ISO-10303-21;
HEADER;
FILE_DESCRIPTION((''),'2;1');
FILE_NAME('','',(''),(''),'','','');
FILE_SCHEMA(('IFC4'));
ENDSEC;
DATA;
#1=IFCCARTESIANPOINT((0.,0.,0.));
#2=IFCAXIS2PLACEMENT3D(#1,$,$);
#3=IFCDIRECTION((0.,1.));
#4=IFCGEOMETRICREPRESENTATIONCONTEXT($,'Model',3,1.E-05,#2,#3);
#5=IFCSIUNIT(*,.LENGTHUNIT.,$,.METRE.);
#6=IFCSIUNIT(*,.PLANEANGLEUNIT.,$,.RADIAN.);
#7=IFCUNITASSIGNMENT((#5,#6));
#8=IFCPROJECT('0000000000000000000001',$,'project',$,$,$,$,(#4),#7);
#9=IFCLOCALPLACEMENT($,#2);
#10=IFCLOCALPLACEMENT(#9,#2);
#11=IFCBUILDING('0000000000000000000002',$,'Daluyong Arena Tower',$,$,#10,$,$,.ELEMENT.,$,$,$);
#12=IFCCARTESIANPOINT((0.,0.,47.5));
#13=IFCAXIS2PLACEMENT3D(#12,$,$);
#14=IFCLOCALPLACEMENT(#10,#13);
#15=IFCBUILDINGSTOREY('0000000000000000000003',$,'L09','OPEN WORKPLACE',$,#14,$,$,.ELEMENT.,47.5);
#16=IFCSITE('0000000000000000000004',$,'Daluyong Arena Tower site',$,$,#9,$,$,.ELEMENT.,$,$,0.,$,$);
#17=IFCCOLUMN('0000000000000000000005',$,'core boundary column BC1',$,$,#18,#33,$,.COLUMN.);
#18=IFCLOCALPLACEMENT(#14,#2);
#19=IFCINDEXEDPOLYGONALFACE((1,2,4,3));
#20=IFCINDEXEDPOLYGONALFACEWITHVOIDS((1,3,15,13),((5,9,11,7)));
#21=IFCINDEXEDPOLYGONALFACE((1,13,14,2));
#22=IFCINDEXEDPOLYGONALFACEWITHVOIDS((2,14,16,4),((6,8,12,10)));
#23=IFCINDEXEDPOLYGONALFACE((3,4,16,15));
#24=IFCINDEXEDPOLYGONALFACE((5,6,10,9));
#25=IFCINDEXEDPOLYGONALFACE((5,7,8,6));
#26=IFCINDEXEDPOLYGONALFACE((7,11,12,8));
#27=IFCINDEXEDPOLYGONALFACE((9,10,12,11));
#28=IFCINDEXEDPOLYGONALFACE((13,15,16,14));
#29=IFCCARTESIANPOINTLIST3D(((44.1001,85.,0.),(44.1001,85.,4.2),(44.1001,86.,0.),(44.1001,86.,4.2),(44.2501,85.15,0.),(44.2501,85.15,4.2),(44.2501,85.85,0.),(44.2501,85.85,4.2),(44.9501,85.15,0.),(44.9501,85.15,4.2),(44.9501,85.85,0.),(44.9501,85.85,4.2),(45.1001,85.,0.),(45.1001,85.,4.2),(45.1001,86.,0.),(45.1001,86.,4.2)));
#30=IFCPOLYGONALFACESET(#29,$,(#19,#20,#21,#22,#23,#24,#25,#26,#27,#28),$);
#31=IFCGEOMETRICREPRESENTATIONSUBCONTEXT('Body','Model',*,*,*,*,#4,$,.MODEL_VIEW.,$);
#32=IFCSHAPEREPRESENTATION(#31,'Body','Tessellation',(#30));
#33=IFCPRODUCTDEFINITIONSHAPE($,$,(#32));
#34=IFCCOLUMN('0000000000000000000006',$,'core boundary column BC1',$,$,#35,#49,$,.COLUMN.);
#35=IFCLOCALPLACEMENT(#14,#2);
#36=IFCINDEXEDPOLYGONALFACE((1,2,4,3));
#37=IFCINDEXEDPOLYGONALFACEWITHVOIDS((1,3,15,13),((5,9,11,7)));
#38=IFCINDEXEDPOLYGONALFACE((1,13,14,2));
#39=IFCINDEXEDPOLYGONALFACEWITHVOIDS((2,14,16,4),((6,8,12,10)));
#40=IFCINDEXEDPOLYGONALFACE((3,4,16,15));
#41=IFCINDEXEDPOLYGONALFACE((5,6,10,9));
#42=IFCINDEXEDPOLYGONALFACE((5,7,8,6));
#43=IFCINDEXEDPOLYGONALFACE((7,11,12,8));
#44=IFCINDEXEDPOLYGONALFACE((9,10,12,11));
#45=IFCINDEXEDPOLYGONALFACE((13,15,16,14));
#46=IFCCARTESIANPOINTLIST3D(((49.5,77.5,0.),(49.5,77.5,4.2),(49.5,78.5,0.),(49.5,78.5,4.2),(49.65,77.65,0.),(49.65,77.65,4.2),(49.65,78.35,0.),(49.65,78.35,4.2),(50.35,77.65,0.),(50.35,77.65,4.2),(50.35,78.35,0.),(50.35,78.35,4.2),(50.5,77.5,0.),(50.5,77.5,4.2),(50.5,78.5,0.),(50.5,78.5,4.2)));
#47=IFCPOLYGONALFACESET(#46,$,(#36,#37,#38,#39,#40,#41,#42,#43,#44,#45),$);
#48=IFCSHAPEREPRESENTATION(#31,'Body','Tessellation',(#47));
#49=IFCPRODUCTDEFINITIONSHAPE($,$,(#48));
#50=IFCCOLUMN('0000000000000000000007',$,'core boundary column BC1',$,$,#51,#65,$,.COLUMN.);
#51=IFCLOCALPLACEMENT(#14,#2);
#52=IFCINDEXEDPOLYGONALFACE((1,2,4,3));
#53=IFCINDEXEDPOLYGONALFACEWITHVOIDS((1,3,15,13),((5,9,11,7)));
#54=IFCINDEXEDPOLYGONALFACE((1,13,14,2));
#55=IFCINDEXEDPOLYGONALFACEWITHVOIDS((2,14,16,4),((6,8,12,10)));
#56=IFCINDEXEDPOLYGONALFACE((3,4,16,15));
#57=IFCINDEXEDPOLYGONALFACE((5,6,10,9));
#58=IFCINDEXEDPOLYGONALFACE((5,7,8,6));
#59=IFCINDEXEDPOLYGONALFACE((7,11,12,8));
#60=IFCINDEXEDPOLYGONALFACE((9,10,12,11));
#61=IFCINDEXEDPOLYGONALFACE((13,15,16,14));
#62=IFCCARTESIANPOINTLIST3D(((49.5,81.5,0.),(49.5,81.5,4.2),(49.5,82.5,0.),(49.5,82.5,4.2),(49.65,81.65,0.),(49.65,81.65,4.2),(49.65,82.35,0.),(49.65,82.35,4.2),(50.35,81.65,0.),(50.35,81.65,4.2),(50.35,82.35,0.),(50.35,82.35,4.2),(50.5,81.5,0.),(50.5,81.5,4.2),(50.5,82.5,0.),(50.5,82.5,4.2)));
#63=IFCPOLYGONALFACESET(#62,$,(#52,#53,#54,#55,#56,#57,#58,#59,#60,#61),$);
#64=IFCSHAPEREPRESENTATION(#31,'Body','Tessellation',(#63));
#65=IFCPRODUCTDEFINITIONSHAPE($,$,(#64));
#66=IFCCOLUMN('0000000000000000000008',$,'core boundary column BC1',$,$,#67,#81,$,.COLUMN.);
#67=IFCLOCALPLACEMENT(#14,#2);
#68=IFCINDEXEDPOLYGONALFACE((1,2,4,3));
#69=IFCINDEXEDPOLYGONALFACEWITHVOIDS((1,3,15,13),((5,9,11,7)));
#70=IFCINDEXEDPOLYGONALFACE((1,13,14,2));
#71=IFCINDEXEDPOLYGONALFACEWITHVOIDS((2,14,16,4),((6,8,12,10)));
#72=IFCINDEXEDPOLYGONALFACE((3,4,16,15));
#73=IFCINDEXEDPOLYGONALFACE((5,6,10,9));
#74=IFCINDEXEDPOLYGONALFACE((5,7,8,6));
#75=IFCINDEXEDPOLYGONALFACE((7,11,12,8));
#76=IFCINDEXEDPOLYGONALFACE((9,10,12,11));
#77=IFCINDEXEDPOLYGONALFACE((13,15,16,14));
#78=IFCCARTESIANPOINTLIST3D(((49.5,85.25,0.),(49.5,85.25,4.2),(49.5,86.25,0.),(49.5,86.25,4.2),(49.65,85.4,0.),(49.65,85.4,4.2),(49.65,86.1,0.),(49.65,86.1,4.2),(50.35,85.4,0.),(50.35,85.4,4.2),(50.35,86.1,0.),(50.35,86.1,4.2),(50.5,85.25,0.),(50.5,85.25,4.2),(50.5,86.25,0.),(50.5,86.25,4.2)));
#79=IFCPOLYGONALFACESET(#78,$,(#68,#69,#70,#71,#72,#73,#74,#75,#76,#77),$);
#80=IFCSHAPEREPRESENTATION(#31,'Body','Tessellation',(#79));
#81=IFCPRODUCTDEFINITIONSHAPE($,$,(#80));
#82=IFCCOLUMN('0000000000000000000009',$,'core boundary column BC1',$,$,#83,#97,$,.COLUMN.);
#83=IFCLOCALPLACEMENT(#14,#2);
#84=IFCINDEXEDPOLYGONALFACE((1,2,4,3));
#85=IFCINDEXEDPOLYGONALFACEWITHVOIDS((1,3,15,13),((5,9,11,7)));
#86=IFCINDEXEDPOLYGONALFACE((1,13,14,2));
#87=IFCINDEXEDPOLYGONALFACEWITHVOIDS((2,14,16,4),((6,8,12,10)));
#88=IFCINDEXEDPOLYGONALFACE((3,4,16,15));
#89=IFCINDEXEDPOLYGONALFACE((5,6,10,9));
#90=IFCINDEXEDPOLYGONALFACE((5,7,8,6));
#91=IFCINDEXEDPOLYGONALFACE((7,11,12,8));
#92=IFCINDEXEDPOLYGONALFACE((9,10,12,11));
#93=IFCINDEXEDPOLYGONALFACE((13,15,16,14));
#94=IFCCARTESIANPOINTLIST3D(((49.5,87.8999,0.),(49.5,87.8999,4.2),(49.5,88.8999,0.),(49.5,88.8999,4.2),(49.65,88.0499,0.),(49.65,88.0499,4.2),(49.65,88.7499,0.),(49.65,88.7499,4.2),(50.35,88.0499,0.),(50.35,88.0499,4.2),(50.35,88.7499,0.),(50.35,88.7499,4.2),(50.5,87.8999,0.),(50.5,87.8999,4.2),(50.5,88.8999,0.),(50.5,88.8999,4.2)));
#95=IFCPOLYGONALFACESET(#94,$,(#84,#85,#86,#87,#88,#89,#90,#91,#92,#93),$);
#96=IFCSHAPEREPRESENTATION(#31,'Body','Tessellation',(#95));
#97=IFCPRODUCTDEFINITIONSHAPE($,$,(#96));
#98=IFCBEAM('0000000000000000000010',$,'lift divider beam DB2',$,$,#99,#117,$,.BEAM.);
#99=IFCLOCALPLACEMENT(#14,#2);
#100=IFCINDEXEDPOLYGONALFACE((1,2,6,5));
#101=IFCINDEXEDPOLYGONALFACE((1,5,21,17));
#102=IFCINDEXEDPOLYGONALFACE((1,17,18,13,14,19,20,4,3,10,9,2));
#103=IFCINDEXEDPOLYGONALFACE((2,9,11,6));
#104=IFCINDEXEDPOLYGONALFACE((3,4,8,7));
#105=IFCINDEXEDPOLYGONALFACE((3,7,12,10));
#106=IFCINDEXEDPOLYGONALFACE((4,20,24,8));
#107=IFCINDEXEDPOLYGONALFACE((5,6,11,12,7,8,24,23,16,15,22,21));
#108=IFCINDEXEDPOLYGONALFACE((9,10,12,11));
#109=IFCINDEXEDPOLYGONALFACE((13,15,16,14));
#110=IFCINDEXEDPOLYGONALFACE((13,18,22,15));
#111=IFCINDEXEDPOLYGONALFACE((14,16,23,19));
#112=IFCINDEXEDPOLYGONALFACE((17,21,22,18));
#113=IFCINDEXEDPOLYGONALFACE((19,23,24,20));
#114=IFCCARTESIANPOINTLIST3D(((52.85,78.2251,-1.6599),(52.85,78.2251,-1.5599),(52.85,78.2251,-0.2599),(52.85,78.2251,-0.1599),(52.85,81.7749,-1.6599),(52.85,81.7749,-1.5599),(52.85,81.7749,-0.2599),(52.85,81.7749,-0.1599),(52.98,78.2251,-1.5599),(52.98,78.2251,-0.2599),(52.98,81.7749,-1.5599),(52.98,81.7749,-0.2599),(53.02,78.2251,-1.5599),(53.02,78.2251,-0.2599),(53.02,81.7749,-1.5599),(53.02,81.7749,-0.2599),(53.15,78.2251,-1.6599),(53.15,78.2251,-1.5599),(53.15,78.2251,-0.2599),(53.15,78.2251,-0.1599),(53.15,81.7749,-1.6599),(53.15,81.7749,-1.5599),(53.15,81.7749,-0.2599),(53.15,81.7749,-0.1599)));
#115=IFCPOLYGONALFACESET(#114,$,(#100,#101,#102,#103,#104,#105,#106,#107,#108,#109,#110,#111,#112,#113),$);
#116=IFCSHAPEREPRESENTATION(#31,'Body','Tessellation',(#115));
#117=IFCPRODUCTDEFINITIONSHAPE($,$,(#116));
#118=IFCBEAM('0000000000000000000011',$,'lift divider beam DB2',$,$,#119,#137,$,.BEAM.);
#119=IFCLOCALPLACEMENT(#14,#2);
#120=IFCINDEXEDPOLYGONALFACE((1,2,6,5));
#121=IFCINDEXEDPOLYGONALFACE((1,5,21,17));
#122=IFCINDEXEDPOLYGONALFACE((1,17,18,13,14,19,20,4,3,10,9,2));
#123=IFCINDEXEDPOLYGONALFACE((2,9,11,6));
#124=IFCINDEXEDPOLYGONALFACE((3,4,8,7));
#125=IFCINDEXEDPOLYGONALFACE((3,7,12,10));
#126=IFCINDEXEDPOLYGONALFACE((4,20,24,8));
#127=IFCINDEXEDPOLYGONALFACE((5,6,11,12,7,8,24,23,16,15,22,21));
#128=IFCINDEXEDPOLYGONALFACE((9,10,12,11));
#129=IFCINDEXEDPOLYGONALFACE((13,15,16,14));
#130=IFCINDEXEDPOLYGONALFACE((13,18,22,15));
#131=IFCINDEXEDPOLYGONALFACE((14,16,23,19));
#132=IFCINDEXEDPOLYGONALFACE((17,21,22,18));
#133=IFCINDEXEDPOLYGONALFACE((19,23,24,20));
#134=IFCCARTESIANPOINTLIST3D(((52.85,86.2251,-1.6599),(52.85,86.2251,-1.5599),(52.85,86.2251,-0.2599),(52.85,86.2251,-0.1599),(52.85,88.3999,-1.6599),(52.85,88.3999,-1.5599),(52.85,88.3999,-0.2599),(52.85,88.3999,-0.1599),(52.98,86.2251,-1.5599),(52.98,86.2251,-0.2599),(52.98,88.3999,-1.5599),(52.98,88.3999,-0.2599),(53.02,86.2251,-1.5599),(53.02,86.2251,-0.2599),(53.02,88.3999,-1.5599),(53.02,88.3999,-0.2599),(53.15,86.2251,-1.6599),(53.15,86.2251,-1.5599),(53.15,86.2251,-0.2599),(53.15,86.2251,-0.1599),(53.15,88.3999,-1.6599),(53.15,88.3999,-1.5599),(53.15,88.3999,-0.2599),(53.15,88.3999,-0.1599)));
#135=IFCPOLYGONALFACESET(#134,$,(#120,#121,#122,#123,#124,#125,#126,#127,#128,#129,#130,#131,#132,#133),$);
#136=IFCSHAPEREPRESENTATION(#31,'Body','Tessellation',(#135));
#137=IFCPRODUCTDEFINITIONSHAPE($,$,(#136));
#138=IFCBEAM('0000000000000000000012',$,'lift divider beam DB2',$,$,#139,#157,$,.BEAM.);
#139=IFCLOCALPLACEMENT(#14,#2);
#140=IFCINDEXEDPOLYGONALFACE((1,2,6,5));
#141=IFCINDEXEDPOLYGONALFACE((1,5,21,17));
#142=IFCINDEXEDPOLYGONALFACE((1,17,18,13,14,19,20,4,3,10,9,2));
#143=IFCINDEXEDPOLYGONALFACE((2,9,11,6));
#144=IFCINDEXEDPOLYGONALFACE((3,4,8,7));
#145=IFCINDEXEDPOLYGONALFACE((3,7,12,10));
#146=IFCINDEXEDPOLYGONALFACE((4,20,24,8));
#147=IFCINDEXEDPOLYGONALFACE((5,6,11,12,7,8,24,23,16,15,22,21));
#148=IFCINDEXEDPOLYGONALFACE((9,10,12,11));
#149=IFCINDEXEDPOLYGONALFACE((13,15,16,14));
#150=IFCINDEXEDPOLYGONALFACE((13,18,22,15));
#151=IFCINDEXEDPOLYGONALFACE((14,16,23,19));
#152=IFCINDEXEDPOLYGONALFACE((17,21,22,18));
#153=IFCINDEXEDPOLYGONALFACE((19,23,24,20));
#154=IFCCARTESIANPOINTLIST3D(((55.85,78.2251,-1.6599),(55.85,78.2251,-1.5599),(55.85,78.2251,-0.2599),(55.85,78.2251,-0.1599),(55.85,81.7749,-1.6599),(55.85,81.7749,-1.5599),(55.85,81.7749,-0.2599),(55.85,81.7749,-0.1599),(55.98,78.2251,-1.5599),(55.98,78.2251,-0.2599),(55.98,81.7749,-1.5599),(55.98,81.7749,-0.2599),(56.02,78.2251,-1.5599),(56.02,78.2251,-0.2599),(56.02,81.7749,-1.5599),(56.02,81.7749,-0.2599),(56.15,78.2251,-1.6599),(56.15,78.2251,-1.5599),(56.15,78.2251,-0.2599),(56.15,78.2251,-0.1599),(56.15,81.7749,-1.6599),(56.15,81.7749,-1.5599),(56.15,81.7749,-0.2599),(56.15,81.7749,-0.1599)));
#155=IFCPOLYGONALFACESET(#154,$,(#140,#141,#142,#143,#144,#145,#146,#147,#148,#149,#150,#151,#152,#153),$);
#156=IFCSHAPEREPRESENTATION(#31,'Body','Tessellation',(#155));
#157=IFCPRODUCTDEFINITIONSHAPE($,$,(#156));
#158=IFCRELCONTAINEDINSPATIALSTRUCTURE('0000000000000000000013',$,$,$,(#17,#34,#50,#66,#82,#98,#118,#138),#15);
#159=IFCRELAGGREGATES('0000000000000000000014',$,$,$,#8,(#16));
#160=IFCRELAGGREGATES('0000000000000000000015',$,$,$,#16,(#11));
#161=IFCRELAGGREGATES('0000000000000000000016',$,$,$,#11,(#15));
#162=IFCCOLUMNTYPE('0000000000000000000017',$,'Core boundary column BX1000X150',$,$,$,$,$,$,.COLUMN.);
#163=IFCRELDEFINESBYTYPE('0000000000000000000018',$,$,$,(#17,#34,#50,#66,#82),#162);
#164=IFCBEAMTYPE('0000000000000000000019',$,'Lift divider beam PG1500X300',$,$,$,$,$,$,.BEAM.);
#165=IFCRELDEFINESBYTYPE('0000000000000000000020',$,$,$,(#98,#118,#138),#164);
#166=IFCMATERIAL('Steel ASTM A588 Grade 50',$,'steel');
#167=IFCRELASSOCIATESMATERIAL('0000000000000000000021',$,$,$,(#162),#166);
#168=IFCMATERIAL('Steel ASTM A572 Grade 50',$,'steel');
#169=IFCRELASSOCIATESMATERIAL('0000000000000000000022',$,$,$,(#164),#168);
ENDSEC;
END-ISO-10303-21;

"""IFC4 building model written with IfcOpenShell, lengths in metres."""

from ifc_helpers import new_model, si_unit, direction, frame, origin, origin_2d, place, context, subcontext, project, spatial, hollow_rectangle, i_section, extrude, material, material_profile, profile_set, type_object, element, save


model = new_model("IFC4")

# Units and contexts
model_context = context("Model", 3, precision=1e-05, world=origin(), true_north=direction((0.0, 1.0)))
body_context = subcontext(model_context, "Body", "Model", "MODEL_VIEW")
ifc_project = project(units=[si_unit("LENGTHUNIT", "METRE"), si_unit("PLANEANGLEUNIT", "RADIAN")], contexts=[model_context])

# Site, building, storey
site_placement = place(None, origin())
site = spatial("IfcSite", under=ifc_project, at=site_placement, Name="Daluyong Arena Tower site", CompositionType="ELEMENT", RefElevation=0.0)
building_placement = place(site_placement, origin())
building = spatial("IfcBuilding", under=site, at=building_placement, Name="Daluyong Arena Tower", CompositionType="ELEMENT")
storey_placement = place(building_placement, frame((0.0, 0.0, 47.5)))
storey = spatial("IfcBuildingStorey", under=building, at=storey_placement, Name="L09", Description="OPEN WORKPLACE", CompositionType="ELEMENT", Elevation=47.5)

# Columns
ifc_material_1 = material(Name="Steel ASTM A588 Grade 50", Category="steel")
ifc_material_profile_1 = material_profile(ifc_material_1, hollow_rectangle(XDim=1.0, YDim=1.0, WallThickness=0.15, at=origin_2d()))
ifc_profile_set_1 = profile_set([ifc_material_profile_1], Name="Steel ASTM A588 Grade 50")
column_type = type_object("IfcColumnType", Name="Core boundary column BX1000X150", PredefinedType="COLUMN", material=ifc_profile_set_1)
for number, where, z_axis, x_axis, name in (
    (1, (44.6001, 85.5, 0.0), (0.0, 0.0, 1.0), (1.0, 0.0, 0.0), "core boundary column BC1"),
    (2, (50.0, 78.0, 0.0), (0.0, 0.0, 1.0), (1.0, 0.0, 0.0), "core boundary column BC1"),
    (3, (50.0, 82.0, 0.0), (0.0, 0.0, 1.0), (1.0, 0.0, 0.0), "core boundary column BC1"),
    (4, (50.0, 85.75, 0.0), (0.0, 0.0, 1.0), (1.0, 0.0, 0.0), "core boundary column BC1"),
    (5, (50.0, 88.3999, 0.0), (0.0, 0.0, 1.0), (1.0, 0.0, 0.0), "core boundary column BC1"),
):
    element("IfcColumn", number, at=place(storey_placement, frame(where, z_axis=z_axis, x_axis=x_axis)), inside=storey, type_object=column_type, Name=name, PredefinedType="COLUMN", context=body_context, shape_type="SweptSolid", body=[
        extrude(hollow_rectangle(XDim=1.0, YDim=1.0, WallThickness=0.15, at=origin_2d()), origin(), (0.0, 0.0, 1.0), 4.2),
    ])

# Beams
ifc_material_2 = material(Name="Steel ASTM A572 Grade 50", Category="steel")
ifc_material_profile_2 = material_profile(ifc_material_2, i_section(OverallWidth=0.3, OverallDepth=1.5, WebThickness=0.04, FlangeThickness=0.1, at=origin_2d()))
ifc_profile_set_2 = profile_set([ifc_material_profile_2], Name="Steel ASTM A572 Grade 50")
beam_type = type_object("IfcBeamType", Name="Lift divider beam PG1500X300", PredefinedType="BEAM", material=ifc_profile_set_2)
beam_1_placement = place(storey_placement, frame((53.0, 78.2251, -0.9099), z_axis=(0.0, 1.0, 0.0), x_axis=(-1.0, 0.0, 0.0)))
element("IfcBeam", 6, at=beam_1_placement, inside=storey, type_object=beam_type, Name="lift divider beam DB2", PredefinedType="BEAM", context=body_context, shape_type="SweptSolid", body=[
    extrude(i_section(OverallWidth=0.3, OverallDepth=1.5, WebThickness=0.04, FlangeThickness=0.1, at=origin_2d()), origin(), (0.0, 0.0, 1.0), 3.5498),
])
beam_2_placement = place(storey_placement, frame((53.0, 86.2251, -0.9099), z_axis=(0.0, 1.0, 0.0), x_axis=(-1.0, 0.0, 0.0)))
element("IfcBeam", 7, at=beam_2_placement, inside=storey, type_object=beam_type, Name="lift divider beam DB2", PredefinedType="BEAM", context=body_context, shape_type="SweptSolid", body=[
    extrude(i_section(OverallWidth=0.3, OverallDepth=1.5, WebThickness=0.04, FlangeThickness=0.1, at=origin_2d()), origin(), (0.0, 0.0, 1.0), 2.1748),
])
beam_3_placement = place(storey_placement, frame((56.0, 78.2251, -0.9099), z_axis=(0.0, 1.0, 0.0), x_axis=(-1.0, 0.0, 0.0)))
element("IfcBeam", 8, at=beam_3_placement, inside=storey, type_object=beam_type, Name="lift divider beam DB2", PredefinedType="BEAM", context=body_context, shape_type="SweptSolid", body=[
    extrude(i_section(OverallWidth=0.3, OverallDepth=1.5, WebThickness=0.04, FlangeThickness=0.1, at=origin_2d()), origin(), (0.0, 0.0, 1.0), 3.5498),
])

save(model, "model.ifc")
